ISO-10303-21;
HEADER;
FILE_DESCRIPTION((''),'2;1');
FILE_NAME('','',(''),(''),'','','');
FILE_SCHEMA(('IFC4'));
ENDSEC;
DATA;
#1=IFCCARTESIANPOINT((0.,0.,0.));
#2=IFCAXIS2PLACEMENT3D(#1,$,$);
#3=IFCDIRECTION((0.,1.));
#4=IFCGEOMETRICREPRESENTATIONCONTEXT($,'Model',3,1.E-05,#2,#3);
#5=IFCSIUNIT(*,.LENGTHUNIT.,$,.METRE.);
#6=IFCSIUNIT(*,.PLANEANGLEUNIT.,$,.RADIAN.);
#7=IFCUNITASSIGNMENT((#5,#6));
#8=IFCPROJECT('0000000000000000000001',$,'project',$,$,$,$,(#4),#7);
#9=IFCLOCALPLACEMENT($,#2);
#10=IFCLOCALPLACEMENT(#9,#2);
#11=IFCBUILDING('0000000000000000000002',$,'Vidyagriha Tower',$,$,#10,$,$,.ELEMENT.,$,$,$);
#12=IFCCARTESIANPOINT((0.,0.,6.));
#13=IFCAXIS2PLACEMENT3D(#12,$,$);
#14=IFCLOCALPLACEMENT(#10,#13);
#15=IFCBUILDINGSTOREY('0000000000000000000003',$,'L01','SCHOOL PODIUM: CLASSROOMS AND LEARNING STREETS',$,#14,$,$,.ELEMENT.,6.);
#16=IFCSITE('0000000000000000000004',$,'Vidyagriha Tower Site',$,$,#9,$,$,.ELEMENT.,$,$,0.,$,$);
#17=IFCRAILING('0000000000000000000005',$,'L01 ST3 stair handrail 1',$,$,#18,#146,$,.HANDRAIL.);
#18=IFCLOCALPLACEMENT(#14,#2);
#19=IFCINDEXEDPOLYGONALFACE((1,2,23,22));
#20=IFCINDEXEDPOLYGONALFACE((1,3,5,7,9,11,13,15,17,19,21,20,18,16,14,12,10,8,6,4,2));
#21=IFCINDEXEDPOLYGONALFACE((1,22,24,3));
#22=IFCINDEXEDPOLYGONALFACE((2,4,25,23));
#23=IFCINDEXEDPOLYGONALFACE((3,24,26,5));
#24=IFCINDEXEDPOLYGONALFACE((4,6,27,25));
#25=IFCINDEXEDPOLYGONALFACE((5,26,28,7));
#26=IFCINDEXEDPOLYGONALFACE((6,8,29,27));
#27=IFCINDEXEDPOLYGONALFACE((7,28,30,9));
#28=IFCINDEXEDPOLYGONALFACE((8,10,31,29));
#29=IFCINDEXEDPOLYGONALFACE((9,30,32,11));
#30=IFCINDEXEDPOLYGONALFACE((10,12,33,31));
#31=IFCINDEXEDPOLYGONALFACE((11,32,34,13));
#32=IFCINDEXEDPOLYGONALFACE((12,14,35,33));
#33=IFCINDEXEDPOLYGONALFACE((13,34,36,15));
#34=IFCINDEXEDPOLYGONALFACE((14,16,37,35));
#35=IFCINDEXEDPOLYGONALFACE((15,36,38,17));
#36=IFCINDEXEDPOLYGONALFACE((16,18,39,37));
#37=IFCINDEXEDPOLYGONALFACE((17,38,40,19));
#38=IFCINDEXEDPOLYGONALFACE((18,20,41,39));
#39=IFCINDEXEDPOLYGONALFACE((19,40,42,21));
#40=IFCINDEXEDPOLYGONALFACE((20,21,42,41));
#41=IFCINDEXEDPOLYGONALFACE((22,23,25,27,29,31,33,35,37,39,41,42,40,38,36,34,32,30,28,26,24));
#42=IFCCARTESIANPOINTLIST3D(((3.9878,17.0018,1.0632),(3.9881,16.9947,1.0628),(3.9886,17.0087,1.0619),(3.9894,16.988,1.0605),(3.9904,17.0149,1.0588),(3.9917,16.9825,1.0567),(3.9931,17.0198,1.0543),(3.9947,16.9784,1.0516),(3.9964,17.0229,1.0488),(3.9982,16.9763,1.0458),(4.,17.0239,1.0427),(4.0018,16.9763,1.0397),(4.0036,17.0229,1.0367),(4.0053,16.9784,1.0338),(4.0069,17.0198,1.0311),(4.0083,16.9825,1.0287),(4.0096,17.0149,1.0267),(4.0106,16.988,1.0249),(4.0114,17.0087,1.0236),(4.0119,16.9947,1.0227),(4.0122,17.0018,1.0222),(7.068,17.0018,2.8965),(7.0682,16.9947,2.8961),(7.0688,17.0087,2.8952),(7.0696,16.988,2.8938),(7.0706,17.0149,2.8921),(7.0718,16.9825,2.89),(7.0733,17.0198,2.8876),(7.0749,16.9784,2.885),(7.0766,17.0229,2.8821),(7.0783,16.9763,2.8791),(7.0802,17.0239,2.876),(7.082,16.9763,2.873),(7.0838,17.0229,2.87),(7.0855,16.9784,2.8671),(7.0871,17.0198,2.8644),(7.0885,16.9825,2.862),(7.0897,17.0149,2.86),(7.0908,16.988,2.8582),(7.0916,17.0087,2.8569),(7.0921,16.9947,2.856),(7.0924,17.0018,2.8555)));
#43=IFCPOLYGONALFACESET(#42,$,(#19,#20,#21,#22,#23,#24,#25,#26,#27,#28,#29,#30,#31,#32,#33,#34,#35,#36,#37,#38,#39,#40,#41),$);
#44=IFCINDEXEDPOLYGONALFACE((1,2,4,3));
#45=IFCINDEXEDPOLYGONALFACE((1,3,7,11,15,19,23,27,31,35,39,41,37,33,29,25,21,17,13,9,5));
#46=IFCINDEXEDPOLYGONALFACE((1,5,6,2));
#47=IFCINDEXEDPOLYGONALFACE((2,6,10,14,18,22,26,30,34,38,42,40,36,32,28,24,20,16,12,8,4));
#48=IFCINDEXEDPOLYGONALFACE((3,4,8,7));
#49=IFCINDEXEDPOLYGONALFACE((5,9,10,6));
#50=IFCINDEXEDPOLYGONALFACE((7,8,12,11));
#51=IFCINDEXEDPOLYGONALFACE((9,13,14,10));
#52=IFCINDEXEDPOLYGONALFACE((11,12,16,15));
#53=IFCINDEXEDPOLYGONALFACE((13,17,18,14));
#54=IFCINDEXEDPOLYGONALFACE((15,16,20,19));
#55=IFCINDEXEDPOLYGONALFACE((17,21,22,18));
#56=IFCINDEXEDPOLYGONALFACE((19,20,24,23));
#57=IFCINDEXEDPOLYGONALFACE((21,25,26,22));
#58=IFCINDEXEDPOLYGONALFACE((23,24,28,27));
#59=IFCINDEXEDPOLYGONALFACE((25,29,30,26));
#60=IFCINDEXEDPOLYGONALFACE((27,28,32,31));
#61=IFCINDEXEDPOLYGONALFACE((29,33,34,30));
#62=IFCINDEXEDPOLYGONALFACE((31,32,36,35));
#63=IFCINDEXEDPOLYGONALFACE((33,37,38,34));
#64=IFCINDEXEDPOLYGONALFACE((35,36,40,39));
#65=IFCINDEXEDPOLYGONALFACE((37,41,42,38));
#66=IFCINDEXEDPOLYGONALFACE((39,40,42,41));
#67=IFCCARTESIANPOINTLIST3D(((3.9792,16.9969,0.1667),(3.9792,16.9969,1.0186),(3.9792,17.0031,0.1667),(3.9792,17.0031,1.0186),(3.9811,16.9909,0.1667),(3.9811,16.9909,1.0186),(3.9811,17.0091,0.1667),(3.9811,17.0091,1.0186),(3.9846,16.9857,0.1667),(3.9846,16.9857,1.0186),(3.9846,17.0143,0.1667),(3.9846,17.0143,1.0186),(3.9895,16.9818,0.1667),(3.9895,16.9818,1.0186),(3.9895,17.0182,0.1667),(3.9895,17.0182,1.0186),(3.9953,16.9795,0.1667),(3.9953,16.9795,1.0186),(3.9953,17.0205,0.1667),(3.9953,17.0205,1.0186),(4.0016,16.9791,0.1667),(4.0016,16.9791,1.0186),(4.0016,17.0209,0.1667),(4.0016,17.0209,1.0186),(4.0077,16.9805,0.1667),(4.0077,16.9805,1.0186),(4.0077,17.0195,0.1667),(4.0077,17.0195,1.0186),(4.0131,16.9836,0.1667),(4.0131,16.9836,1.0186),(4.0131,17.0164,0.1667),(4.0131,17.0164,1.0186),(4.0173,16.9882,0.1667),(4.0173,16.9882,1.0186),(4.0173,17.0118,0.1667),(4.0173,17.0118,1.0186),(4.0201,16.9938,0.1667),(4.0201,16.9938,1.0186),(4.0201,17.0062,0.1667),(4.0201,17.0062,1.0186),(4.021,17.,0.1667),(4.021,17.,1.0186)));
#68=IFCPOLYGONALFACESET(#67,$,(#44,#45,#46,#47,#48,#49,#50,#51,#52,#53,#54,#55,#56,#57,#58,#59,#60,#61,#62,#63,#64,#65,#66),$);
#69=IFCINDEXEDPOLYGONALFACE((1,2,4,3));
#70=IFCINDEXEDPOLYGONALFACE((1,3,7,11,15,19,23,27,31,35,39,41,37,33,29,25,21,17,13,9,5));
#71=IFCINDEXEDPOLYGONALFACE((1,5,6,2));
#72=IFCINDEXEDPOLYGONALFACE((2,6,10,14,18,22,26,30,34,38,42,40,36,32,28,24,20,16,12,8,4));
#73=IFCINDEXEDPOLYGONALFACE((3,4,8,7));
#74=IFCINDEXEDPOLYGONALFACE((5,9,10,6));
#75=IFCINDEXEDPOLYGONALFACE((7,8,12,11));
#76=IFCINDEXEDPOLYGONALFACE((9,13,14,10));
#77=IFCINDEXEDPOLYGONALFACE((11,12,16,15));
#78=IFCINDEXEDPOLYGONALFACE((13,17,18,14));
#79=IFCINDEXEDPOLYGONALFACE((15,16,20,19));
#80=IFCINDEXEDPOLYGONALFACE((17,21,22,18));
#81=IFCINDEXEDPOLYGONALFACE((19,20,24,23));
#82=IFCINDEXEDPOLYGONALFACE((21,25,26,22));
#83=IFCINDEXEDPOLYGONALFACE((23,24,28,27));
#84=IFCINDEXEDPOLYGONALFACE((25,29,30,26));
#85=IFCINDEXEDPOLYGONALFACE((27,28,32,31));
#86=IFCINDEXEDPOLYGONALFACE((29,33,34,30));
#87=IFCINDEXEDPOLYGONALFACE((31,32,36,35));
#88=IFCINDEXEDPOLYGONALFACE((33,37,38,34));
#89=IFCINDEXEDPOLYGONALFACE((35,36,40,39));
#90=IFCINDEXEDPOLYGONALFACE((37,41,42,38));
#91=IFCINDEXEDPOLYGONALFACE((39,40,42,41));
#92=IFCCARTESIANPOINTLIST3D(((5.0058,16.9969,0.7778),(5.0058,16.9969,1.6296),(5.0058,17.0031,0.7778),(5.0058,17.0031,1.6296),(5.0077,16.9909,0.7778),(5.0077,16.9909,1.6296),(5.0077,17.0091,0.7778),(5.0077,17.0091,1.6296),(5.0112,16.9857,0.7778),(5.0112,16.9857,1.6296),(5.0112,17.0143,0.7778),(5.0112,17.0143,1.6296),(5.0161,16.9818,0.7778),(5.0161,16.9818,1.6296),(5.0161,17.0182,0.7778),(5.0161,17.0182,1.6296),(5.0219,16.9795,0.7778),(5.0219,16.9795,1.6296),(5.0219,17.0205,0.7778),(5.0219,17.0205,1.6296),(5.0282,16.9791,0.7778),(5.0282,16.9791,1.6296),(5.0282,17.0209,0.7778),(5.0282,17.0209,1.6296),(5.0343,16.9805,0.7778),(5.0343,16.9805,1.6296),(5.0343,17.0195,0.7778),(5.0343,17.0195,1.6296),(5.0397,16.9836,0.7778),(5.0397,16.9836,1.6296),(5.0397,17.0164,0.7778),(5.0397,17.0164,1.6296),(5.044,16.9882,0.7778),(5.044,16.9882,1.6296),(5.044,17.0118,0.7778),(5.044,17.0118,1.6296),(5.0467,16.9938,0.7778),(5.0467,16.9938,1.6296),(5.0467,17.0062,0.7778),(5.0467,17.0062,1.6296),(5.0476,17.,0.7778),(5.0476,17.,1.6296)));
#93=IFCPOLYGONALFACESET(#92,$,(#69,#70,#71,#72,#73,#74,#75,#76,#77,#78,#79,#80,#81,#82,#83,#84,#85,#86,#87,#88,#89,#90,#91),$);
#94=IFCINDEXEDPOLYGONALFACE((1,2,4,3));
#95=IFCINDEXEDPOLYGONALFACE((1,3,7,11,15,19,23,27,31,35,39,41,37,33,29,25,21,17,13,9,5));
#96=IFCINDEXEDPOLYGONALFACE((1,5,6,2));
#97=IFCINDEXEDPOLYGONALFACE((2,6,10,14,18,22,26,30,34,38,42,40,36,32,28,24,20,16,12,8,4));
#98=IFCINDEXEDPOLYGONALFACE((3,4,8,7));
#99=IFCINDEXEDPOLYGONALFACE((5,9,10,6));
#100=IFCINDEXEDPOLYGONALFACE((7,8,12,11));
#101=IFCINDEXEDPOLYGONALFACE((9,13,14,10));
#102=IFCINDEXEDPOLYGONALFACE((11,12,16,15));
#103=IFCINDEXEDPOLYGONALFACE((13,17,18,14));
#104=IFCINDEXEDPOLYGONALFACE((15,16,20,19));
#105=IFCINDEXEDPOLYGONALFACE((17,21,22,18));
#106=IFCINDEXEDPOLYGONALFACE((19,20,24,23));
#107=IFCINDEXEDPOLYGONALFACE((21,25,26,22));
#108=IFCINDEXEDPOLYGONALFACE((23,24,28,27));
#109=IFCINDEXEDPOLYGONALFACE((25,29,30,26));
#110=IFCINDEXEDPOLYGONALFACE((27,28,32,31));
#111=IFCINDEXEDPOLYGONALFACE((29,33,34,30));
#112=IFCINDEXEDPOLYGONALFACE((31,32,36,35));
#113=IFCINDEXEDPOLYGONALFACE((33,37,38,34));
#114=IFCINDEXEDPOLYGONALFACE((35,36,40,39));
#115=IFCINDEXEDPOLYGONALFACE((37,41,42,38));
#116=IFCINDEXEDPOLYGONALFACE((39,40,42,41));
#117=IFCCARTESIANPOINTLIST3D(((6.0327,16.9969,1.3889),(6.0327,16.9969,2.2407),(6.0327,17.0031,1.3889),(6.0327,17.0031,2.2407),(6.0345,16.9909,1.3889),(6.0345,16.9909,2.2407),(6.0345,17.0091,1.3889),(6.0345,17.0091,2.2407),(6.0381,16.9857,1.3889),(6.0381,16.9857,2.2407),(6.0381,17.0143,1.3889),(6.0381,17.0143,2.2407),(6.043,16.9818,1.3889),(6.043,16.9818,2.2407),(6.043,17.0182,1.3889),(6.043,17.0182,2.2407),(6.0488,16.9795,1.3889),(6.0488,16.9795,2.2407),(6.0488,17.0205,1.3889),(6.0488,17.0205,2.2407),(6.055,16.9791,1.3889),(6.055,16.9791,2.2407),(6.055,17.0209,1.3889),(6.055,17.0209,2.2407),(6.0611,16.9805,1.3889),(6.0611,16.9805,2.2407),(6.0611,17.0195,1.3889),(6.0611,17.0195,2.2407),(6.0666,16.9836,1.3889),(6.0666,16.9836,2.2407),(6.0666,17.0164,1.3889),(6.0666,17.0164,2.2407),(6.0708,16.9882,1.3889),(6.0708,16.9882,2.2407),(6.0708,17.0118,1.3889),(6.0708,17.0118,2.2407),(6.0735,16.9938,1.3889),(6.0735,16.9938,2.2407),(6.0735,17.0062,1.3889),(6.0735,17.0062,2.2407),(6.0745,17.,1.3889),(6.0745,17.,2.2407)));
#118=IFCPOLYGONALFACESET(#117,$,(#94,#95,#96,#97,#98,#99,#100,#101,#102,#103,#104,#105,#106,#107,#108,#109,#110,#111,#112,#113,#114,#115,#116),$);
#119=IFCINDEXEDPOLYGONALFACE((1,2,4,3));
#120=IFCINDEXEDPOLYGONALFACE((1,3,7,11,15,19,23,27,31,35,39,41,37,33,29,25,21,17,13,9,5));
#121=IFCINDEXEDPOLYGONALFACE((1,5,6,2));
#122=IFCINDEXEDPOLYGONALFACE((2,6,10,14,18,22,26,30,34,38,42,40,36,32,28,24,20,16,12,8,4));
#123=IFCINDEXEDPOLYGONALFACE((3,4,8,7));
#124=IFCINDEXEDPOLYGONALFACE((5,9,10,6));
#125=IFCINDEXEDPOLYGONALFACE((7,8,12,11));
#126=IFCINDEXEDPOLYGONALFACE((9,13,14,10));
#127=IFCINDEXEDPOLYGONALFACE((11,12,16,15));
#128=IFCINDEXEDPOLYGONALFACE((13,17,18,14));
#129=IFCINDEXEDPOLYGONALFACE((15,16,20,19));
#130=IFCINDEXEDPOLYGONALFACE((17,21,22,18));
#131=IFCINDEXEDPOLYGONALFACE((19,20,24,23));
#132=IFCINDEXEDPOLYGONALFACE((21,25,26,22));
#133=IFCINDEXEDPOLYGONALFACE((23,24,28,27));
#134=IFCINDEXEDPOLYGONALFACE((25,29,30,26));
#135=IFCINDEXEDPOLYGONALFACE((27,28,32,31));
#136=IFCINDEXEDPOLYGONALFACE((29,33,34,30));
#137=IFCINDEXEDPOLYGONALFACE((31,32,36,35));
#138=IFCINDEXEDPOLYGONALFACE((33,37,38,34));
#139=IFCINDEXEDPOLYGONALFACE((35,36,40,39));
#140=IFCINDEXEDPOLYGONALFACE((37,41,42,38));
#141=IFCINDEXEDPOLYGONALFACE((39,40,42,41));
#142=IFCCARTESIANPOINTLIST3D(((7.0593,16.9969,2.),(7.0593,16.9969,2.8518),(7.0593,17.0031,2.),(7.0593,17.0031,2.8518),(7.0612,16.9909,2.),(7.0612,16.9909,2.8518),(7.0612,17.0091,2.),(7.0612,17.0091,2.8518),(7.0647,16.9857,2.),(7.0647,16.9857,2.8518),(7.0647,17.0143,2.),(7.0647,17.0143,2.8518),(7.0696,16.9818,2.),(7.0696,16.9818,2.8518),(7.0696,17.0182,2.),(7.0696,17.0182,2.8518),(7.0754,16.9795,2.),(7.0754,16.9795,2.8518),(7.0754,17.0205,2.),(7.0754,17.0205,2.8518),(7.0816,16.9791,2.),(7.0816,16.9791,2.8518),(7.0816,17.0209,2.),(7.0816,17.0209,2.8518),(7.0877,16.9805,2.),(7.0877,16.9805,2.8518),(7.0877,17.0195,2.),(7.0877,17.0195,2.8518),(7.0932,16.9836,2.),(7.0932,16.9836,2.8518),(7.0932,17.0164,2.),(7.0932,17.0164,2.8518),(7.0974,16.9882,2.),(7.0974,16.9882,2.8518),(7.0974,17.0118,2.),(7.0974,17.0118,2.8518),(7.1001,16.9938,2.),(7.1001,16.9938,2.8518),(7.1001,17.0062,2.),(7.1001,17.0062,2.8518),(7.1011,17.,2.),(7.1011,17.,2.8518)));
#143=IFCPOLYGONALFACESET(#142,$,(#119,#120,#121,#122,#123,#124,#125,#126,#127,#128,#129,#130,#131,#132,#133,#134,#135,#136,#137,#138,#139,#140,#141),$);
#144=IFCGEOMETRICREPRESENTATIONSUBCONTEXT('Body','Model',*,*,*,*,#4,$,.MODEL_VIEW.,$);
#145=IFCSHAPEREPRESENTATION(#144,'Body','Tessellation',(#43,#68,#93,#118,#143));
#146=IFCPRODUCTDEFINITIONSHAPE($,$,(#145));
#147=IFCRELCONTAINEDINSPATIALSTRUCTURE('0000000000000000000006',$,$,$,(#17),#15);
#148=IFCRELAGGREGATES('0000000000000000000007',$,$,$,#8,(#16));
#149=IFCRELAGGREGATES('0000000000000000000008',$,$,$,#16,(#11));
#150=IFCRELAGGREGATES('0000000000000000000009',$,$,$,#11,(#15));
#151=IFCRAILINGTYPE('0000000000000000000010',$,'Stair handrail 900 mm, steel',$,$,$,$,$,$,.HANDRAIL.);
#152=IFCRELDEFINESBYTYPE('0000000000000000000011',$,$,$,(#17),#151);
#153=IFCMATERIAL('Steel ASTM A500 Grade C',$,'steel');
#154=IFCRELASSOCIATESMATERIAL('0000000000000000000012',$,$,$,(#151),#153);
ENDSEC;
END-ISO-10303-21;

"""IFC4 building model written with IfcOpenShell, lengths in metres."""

from ifc_helpers import new_model, si_unit, direction, frame, origin, origin_2d, place, context, subcontext, project, spatial, circle, extrude, material, type_object, element, save


model = new_model("IFC4")

# Units and contexts
model_context = context("Model", 3, precision=1e-05, world=origin(), true_north=direction((0.0, 1.0)))
body_context = subcontext(model_context, "Body", "Model", "MODEL_VIEW")
ifc_project = project(units=[si_unit("LENGTHUNIT", "METRE"), si_unit("PLANEANGLEUNIT", "RADIAN")], contexts=[model_context])

# Site, building, storey
site_placement = place(None, origin())
site = spatial("IfcSite", under=ifc_project, at=site_placement, Name="Vidyagriha Tower Site", CompositionType="ELEMENT", RefElevation=0.0)
building_placement = place(site_placement, origin())
building = spatial("IfcBuilding", under=site, at=building_placement, Name="Vidyagriha Tower", CompositionType="ELEMENT")
storey_placement = place(building_placement, frame((0.0, 0.0, 6.0)))
storey = spatial("IfcBuildingStorey", under=building, at=storey_placement, Name="L01", Description="SCHOOL PODIUM: CLASSROOMS AND LEARNING STREETS", CompositionType="ELEMENT", Elevation=6.0)

# Railing
ifc_material_1 = material(Name="Steel ASTM A500 Grade C", Category="steel")
railing_type_1 = type_object("IfcRailingType", Name="Stair handrail 900 mm, steel", PredefinedType="HANDRAIL", material=ifc_material_1)
railing_1_placement = place(storey_placement, frame((4.0, 17.0, 0.1667)))
element("IfcRailing", 1, at=railing_1_placement, inside=storey, type_object=railing_type_1, Name="L01 ST3 stair handrail 1", PredefinedType="HANDRAIL", context=body_context, shape_type="SweptSolid", body=[
    extrude(circle(Radius=0.0239, at=origin_2d()), frame((0.0, 0.0, 0.876), z_axis=(0.859309, 0.0, 0.511458), x_axis=(0.0, 1.0, 0.0)), (0.0, 0.0, 1.0), 3.5845),
    extrude(circle(Radius=0.021, at=origin_2d()), origin(), (0.0, 0.0, 1.0), 0.8518),
    extrude(circle(Radius=0.021, at=origin_2d()), frame((1.0266, 0.0, 0.6111)), (0.0, 0.0, 1.0), 0.8518),
    extrude(circle(Radius=0.021, at=origin_2d()), frame((2.0535, 0.0, 1.2222)), (0.0, 0.0, 1.0), 0.8518),
    extrude(circle(Radius=0.021, at=origin_2d()), frame((3.0801, 0.0, 1.8333)), (0.0, 0.0, 1.0), 0.8518),
])

save(model, "model.ifc")
